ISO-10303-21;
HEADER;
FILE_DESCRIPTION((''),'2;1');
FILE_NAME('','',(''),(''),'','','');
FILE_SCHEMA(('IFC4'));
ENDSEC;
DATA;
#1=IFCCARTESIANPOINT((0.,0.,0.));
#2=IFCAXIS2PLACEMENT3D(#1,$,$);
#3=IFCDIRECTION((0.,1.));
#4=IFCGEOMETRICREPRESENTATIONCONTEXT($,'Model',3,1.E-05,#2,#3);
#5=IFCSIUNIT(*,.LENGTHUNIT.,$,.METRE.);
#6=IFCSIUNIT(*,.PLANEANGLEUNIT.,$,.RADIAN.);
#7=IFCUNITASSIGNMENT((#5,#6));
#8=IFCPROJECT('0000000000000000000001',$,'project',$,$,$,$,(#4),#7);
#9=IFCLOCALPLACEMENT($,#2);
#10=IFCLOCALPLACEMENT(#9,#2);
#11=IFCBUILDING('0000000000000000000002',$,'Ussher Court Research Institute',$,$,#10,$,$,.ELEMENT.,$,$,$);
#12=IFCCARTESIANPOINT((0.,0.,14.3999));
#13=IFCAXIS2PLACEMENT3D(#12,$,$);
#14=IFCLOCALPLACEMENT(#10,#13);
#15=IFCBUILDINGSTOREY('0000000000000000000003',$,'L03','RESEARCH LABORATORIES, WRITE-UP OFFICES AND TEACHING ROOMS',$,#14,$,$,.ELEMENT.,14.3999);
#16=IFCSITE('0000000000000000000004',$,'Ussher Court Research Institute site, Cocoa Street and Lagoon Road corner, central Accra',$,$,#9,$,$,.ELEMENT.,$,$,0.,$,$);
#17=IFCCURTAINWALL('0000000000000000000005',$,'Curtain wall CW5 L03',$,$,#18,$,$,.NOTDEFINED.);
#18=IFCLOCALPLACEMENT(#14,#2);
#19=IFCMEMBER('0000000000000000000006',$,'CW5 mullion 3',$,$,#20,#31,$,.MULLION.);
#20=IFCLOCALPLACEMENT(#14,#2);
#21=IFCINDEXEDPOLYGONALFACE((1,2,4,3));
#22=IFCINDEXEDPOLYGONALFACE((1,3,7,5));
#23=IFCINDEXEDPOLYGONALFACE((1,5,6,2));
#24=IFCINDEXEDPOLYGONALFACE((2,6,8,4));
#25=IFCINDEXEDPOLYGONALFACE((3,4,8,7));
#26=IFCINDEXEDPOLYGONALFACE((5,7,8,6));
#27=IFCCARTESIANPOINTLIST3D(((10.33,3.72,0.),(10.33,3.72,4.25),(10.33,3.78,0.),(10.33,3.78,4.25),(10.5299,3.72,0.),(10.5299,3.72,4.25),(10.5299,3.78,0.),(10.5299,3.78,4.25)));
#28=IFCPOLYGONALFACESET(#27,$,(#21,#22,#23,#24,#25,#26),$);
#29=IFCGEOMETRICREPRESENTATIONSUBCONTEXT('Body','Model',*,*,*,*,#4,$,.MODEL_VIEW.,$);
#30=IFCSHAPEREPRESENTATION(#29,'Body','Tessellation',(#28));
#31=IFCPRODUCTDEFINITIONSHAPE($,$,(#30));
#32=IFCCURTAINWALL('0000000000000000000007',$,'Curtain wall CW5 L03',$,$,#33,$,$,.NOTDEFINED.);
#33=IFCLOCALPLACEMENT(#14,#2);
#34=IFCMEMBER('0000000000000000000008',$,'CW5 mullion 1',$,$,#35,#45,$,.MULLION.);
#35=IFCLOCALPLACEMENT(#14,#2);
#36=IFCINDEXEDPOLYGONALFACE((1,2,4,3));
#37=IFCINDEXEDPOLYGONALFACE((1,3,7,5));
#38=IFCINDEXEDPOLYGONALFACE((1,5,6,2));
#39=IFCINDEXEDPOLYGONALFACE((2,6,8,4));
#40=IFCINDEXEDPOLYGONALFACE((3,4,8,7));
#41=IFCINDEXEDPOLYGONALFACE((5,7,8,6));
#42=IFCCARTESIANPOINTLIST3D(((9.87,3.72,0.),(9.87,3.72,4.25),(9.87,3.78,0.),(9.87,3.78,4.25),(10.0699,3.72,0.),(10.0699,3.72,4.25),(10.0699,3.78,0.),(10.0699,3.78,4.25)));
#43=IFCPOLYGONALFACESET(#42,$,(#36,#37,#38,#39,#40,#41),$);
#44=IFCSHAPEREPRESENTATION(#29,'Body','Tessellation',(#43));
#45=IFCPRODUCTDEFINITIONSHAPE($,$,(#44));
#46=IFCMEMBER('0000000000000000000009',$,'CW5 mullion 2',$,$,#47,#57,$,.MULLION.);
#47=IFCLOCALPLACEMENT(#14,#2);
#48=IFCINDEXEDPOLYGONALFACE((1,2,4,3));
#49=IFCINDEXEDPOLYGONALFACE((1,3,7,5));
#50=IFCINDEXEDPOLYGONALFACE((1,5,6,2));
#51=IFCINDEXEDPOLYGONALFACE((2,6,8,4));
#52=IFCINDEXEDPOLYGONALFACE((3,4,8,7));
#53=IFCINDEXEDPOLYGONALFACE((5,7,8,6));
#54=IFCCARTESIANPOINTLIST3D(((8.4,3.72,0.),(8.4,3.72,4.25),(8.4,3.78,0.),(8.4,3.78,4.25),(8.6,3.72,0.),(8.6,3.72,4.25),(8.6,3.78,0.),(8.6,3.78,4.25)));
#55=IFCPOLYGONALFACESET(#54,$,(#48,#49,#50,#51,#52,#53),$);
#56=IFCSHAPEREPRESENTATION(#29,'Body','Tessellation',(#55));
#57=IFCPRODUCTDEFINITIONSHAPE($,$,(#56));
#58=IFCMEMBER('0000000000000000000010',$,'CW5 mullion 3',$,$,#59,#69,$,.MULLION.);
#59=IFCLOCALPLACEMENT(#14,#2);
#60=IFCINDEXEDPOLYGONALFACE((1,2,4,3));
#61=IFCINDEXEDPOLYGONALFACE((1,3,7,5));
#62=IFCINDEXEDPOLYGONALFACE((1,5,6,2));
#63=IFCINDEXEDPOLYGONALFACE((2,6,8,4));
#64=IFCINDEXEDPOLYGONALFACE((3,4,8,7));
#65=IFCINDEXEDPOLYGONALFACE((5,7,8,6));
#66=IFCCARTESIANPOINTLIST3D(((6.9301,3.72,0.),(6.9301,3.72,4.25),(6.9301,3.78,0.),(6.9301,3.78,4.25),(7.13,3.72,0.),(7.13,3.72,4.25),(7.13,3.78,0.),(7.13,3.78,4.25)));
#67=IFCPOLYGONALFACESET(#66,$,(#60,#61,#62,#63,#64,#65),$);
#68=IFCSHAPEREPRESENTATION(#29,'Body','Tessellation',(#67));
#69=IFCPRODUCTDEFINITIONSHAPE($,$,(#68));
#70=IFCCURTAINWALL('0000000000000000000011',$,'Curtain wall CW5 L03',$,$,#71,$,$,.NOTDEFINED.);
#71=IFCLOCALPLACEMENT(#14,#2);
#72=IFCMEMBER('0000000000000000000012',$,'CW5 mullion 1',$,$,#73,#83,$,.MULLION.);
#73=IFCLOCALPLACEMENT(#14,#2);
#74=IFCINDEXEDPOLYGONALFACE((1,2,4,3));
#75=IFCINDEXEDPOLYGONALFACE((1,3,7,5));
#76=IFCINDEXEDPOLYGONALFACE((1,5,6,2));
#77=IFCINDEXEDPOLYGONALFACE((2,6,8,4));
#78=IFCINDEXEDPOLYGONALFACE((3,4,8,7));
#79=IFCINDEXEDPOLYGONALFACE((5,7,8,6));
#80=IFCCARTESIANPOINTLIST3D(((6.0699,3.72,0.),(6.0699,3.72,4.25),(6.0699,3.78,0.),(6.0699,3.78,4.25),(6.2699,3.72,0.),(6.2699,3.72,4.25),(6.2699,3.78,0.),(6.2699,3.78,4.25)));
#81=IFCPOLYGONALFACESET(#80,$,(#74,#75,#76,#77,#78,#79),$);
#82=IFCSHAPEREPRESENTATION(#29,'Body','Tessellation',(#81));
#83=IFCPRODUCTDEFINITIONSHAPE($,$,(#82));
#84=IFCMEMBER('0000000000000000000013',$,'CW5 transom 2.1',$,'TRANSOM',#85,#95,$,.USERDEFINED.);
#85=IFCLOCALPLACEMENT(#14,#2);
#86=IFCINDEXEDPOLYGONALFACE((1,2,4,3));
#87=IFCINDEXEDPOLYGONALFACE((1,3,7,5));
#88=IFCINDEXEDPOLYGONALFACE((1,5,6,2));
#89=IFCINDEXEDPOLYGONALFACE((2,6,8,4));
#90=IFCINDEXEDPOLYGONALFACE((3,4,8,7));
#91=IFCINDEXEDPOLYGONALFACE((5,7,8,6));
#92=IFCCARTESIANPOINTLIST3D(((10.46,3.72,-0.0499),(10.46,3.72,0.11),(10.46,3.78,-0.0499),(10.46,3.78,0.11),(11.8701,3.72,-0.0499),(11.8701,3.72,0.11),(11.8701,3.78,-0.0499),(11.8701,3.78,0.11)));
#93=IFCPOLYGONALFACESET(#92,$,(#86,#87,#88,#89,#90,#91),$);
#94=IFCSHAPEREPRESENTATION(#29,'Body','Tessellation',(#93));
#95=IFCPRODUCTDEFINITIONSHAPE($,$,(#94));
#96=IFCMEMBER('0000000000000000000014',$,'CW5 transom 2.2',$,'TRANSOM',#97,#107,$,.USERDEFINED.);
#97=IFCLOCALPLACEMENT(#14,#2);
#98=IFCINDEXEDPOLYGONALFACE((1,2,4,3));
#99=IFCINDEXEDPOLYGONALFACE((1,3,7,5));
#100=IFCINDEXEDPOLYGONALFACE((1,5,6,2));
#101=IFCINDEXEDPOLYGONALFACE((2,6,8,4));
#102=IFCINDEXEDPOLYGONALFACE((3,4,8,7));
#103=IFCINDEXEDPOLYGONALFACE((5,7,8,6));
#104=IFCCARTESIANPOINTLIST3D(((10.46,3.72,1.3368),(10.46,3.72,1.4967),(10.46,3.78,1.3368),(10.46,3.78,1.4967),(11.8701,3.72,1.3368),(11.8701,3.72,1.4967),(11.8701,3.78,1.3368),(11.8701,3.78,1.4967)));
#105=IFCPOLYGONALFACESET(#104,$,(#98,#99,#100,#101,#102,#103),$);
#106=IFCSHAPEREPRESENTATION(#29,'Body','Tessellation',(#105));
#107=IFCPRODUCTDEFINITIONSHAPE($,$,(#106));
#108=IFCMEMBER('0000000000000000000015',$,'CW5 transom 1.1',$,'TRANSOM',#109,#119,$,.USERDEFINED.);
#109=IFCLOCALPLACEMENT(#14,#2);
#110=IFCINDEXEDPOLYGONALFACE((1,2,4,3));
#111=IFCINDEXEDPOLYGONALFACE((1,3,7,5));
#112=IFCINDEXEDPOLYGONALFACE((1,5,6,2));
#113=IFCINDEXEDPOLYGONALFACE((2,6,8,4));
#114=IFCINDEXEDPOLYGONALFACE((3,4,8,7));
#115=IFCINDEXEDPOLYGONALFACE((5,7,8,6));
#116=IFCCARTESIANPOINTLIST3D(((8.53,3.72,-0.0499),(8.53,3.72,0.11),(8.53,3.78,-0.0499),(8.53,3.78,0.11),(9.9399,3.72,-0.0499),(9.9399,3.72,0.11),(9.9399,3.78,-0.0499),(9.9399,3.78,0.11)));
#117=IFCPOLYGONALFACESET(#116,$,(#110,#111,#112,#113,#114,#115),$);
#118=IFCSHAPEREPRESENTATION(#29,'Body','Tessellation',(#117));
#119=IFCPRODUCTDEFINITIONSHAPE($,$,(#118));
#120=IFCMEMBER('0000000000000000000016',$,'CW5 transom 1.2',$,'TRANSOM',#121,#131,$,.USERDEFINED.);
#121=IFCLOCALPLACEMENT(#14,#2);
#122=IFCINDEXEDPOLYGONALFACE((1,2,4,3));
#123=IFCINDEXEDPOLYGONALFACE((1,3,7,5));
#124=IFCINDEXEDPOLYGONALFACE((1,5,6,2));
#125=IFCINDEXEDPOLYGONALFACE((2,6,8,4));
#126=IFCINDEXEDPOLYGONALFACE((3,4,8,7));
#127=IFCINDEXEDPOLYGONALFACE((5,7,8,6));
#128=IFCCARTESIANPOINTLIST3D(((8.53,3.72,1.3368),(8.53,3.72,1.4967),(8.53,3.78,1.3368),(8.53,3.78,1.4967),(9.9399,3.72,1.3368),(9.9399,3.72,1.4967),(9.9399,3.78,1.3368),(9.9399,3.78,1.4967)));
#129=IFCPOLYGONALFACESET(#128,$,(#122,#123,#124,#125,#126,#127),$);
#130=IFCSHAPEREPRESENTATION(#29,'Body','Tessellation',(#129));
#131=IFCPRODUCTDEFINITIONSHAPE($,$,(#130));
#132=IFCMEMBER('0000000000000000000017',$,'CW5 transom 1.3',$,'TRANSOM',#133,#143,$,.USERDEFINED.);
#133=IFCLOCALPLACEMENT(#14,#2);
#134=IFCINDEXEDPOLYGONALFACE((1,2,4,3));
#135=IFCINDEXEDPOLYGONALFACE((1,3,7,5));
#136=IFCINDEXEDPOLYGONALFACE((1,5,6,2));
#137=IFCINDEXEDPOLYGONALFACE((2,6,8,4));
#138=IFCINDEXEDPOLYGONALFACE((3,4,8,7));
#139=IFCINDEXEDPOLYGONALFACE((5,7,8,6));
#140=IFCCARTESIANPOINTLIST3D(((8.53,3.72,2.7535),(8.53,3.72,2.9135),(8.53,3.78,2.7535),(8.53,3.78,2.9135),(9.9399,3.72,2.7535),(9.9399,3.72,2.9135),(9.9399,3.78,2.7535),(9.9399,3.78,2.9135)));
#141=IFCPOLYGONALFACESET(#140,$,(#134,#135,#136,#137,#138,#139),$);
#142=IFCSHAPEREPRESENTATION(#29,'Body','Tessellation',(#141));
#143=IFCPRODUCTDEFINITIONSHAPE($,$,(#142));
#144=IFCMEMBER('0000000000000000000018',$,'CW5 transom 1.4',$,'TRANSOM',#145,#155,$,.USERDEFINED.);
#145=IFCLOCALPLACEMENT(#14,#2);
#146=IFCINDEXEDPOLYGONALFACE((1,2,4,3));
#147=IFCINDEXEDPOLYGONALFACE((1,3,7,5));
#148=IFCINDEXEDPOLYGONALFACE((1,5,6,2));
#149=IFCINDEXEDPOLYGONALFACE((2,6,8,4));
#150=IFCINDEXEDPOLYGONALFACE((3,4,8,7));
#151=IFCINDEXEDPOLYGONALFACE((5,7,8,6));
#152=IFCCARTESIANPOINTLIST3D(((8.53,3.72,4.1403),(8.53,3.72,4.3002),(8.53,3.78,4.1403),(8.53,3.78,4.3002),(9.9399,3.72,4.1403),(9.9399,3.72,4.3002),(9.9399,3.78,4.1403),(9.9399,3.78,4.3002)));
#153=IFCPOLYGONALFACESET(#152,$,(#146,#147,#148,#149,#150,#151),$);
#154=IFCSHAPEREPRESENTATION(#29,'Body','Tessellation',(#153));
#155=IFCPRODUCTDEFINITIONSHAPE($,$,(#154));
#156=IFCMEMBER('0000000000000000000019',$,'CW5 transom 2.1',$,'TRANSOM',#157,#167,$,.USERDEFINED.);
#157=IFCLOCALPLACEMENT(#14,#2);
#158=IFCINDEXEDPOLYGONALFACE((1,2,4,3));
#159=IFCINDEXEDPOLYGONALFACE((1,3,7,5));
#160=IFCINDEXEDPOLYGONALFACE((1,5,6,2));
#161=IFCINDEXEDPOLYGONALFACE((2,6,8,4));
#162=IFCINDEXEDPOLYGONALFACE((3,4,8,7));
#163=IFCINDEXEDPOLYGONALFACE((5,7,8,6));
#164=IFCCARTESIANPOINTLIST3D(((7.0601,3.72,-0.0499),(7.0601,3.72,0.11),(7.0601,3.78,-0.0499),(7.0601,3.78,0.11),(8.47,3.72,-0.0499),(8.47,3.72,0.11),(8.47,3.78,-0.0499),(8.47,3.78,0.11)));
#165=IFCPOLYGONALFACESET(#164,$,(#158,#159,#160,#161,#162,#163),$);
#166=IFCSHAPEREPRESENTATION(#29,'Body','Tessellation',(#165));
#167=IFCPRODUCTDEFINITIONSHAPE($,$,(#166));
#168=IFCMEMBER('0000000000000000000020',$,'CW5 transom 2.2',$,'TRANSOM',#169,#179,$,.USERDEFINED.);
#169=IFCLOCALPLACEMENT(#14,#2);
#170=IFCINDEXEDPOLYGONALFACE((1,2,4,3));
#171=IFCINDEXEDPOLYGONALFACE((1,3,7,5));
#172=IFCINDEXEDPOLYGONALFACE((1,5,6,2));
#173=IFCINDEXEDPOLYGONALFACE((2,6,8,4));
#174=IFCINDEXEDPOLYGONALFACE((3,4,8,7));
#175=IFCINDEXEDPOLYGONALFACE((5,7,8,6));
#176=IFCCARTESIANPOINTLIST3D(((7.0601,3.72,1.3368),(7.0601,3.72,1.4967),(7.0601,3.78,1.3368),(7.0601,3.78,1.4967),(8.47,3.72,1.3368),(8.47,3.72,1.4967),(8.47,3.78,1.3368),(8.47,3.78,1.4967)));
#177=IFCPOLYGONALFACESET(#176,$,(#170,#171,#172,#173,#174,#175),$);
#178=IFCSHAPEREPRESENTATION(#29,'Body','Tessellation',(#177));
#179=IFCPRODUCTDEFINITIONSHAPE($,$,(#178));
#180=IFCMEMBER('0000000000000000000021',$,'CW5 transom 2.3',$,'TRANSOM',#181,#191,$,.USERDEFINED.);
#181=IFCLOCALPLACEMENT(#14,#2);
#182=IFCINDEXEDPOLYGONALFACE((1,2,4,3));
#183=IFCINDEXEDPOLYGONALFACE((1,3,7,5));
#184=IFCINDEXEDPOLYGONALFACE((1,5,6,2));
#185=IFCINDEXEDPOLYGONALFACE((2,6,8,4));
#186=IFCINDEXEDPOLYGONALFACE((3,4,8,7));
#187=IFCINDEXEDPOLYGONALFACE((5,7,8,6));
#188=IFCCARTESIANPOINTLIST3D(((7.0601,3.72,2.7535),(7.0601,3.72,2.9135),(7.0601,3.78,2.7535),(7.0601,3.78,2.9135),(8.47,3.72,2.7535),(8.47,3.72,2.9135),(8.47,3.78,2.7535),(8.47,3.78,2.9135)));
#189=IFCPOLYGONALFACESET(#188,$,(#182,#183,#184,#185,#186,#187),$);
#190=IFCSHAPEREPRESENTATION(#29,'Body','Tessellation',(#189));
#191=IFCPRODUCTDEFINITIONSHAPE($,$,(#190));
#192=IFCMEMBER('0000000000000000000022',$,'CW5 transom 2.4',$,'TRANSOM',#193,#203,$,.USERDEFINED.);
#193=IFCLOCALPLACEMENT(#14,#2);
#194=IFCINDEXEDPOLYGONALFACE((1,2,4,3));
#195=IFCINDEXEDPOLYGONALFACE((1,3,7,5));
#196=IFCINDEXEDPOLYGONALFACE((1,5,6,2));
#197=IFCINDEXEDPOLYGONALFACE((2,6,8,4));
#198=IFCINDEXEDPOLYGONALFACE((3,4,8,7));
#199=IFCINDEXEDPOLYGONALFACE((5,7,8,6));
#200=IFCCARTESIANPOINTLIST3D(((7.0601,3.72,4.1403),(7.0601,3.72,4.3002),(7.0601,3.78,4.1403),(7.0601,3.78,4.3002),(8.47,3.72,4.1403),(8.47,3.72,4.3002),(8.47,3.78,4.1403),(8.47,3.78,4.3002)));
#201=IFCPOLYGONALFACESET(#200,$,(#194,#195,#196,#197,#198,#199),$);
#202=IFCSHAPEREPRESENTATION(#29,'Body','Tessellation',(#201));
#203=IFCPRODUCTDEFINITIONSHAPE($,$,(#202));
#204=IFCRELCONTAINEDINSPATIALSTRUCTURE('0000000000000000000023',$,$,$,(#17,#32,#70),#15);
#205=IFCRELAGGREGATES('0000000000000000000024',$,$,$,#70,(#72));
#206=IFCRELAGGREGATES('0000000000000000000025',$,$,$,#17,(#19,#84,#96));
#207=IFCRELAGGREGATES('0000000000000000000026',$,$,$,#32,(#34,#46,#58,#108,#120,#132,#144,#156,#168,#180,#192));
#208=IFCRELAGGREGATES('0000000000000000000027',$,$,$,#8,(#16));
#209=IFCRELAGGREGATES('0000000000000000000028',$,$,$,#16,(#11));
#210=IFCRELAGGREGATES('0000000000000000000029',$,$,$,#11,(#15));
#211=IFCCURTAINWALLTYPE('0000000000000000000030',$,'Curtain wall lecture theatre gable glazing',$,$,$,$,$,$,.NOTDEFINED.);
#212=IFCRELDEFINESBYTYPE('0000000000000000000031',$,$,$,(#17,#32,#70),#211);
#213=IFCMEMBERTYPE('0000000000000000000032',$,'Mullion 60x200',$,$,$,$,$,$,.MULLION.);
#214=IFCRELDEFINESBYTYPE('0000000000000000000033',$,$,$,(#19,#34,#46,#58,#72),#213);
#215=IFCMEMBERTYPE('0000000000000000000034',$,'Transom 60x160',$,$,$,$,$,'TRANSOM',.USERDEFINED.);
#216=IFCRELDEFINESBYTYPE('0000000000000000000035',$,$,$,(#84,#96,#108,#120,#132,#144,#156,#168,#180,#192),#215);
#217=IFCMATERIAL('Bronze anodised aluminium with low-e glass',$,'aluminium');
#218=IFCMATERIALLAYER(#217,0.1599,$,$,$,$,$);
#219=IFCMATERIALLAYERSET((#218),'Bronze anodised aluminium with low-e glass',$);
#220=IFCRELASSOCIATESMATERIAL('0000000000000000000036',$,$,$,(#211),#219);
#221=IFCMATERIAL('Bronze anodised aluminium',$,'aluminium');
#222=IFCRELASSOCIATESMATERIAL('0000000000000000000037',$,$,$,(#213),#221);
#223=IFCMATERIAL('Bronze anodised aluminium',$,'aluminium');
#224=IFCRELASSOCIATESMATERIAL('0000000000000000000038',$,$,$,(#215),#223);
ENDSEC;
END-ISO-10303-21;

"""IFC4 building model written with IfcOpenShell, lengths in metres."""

from ifc_helpers import new_model, si_unit, direction, frame, origin, origin_2d, place, context, subcontext, project, spatial, rectangle, extrude, material, layer, layer_set, material_profile, profile_set, type_object, element, aggregate, save


model = new_model("IFC4")

# Units and contexts
model_context = context("Model", 3, precision=1e-05, world=origin(), true_north=direction((0.0, 1.0)))
body_context = subcontext(model_context, "Body", "Model", "MODEL_VIEW")
ifc_project = project(units=[si_unit("LENGTHUNIT", "METRE"), si_unit("PLANEANGLEUNIT", "RADIAN")], contexts=[model_context])

# Site, building, storey
site_placement = place(None, origin())
site = spatial("IfcSite", under=ifc_project, at=site_placement, Name="Ussher Court Research Institute site, Cocoa Street and Lagoon Road corner, central Accra", CompositionType="ELEMENT", RefElevation=0.0)
building_placement = place(site_placement, origin())
building = spatial("IfcBuilding", under=site, at=building_placement, Name="Ussher Court Research Institute", CompositionType="ELEMENT")
storey_placement = place(building_placement, frame((0.0, 0.0, 14.3999)))
storey = spatial("IfcBuildingStorey", under=building, at=storey_placement, Name="L03", Description="RESEARCH LABORATORIES, WRITE-UP OFFICES AND TEACHING ROOMS", CompositionType="ELEMENT", Elevation=14.3999)

# Curtain wall, member
ifc_material_1 = material(Name="Bronze anodised aluminium with low-e glass", Category="aluminium")
ifc_layer_1 = layer(ifc_material_1, 0.1599)
ifc_layer_set_1 = layer_set([ifc_layer_1], Name="Bronze anodised aluminium with low-e glass")
curtain_wall_type = type_object("IfcCurtainWallType", Name="Curtain wall lecture theatre gable glazing", PredefinedType="NOTDEFINED", material=ifc_layer_set_1)
curtain_wall_1_placement = place(storey_placement, origin())
curtain_wall_1 = element("IfcCurtainWall", 1, at=curtain_wall_1_placement, inside=storey, type_object=curtain_wall_type, Name="Curtain wall CW5 L03", PredefinedType="NOTDEFINED")
ifc_material_2 = material(Name="Bronze anodised aluminium", Category="aluminium")
ifc_material_profile_1 = material_profile(ifc_material_2, rectangle(XDim=0.0601, YDim=0.2, at=origin_2d()), Name="Mullion 60x200")
ifc_profile_set_1 = profile_set([ifc_material_profile_1], Name="Bronze anodised aluminium")
member_type_1 = type_object("IfcMemberType", Name="Mullion 60x200", PredefinedType="MULLION", material=ifc_profile_set_1)
member_1_placement = place(storey_placement, frame((10.4299, 3.75, 0.0), z_axis=(0.0, 0.0, 1.0), x_axis=(0.0, -1.0, 0.0)))
member_1 = element("IfcMember", 2, at=member_1_placement, type_object=member_type_1, Name="CW5 mullion 3", PredefinedType="MULLION", context=body_context, shape_type="SweptSolid", body=[
    extrude(rectangle(XDim=0.0601, YDim=0.2, at=origin_2d()), origin(), (0.0, 0.0, 1.0), 4.25),
])

# Curtain wall, members
curtain_wall_2_placement = place(storey_placement, origin())
curtain_wall_2 = element("IfcCurtainWall", 3, at=curtain_wall_2_placement, inside=storey, type_object=curtain_wall_type, Name="Curtain wall CW5 L03", PredefinedType="NOTDEFINED")
member_2_placement = place(storey_placement, frame((9.97, 3.75, 0.0), z_axis=(0.0, 0.0, 1.0), x_axis=(0.0, -1.0, 0.0)))
member_2 = element("IfcMember", 4, at=member_2_placement, type_object=member_type_1, Name="CW5 mullion 1", PredefinedType="MULLION", context=body_context, shape_type="SweptSolid", body=[
    extrude(rectangle(XDim=0.0601, YDim=0.2, at=origin_2d()), origin(), (0.0, 0.0, 1.0), 4.25),
])
member_3_placement = place(storey_placement, frame((8.5, 3.75, 0.0), z_axis=(0.0, 0.0, 1.0), x_axis=(0.0, -1.0, 0.0)))
member_3 = element("IfcMember", 5, at=member_3_placement, type_object=member_type_1, Name="CW5 mullion 2", PredefinedType="MULLION", context=body_context, shape_type="SweptSolid", body=[
    extrude(rectangle(XDim=0.0601, YDim=0.2, at=origin_2d()), origin(), (0.0, 0.0, 1.0), 4.25),
])
member_4_placement = place(storey_placement, frame((7.03, 3.75, 0.0), z_axis=(0.0, 0.0, 1.0), x_axis=(0.0, -1.0, 0.0)))
member_4 = element("IfcMember", 6, at=member_4_placement, type_object=member_type_1, Name="CW5 mullion 3", PredefinedType="MULLION", context=body_context, shape_type="SweptSolid", body=[
    extrude(rectangle(XDim=0.0601, YDim=0.2, at=origin_2d()), origin(), (0.0, 0.0, 1.0), 4.25),
])

# Curtain wall, member
curtain_wall_3_placement = place(storey_placement, origin())
curtain_wall_3 = element("IfcCurtainWall", 7, at=curtain_wall_3_placement, inside=storey, type_object=curtain_wall_type, Name="Curtain wall CW5 L03", PredefinedType="NOTDEFINED")
member_5_placement = place(storey_placement, frame((6.1699, 3.75, 0.0), z_axis=(0.0, 0.0, 1.0), x_axis=(0.0, -1.0, 0.0)))
member_5 = element("IfcMember", 8, at=member_5_placement, type_object=member_type_1, Name="CW5 mullion 1", PredefinedType="MULLION", context=body_context, shape_type="SweptSolid", body=[
    extrude(rectangle(XDim=0.0601, YDim=0.2, at=origin_2d()), origin(), (0.0, 0.0, 1.0), 4.25),
])

# Members
ifc_material_3 = material(Name="Bronze anodised aluminium", Category="aluminium")
ifc_material_profile_2 = material_profile(ifc_material_3, rectangle(XDim=0.0601, YDim=0.1599, at=origin_2d()), Name="Transom 60x160")
ifc_profile_set_2 = profile_set([ifc_material_profile_2], Name="Bronze anodised aluminium")
member_type_2 = type_object("IfcMemberType", Name="Transom 60x160", ElementType="TRANSOM", PredefinedType="USERDEFINED", material=ifc_profile_set_2)
member_6_placement = place(storey_placement, frame((11.8701, 3.75, 0.03), z_axis=(-1.0, 0.0, 0.0), x_axis=(0.0, -1.0, 0.0)))
member_6 = element("IfcMember", 9, at=member_6_placement, type_object=member_type_2, Name="CW5 transom 2.1", ObjectType="TRANSOM", PredefinedType="USERDEFINED", context=body_context, shape_type="SweptSolid", body=[
    extrude(rectangle(XDim=0.0601, YDim=0.1599, at=origin_2d()), origin(), (0.0, 0.0, 1.0), 1.4102),
])
member_7_placement = place(storey_placement, frame((11.8701, 3.75, 1.4167), z_axis=(-1.0, 0.0, 0.0), x_axis=(0.0, -1.0, 0.0)))
member_7 = element("IfcMember", 10, at=member_7_placement, type_object=member_type_2, Name="CW5 transom 2.2", ObjectType="TRANSOM", PredefinedType="USERDEFINED", context=body_context, shape_type="SweptSolid", body=[
    extrude(rectangle(XDim=0.0601, YDim=0.1599, at=origin_2d()), origin(), (0.0, 0.0, 1.0), 1.4102),
])
member_8_placement = place(storey_placement, frame((9.9399, 3.75, 0.03), z_axis=(-1.0, 0.0, 0.0), x_axis=(0.0, -1.0, 0.0)))
member_8 = element("IfcMember", 11, at=member_8_placement, type_object=member_type_2, Name="CW5 transom 1.1", ObjectType="TRANSOM", PredefinedType="USERDEFINED", context=body_context, shape_type="SweptSolid", body=[
    extrude(rectangle(XDim=0.0601, YDim=0.1599, at=origin_2d()), origin(), (0.0, 0.0, 1.0), 1.4099),
])
member_9_placement = place(storey_placement, frame((9.9399, 3.75, 1.4167), z_axis=(-1.0, 0.0, 0.0), x_axis=(0.0, -1.0, 0.0)))
member_9 = element("IfcMember", 12, at=member_9_placement, type_object=member_type_2, Name="CW5 transom 1.2", ObjectType="TRANSOM", PredefinedType="USERDEFINED", context=body_context, shape_type="SweptSolid", body=[
    extrude(rectangle(XDim=0.0601, YDim=0.1599, at=origin_2d()), origin(), (0.0, 0.0, 1.0), 1.4099),
])
member_10_placement = place(storey_placement, frame((9.9399, 3.75, 2.8335), z_axis=(-1.0, 0.0, 0.0), x_axis=(0.0, -1.0, 0.0)))
member_10 = element("IfcMember", 13, at=member_10_placement, type_object=member_type_2, Name="CW5 transom 1.3", ObjectType="TRANSOM", PredefinedType="USERDEFINED", context=body_context, shape_type="SweptSolid", body=[
    extrude(rectangle(XDim=0.0601, YDim=0.1599, at=origin_2d()), origin(), (0.0, 0.0, 1.0), 1.4099),
])
member_11_placement = place(storey_placement, frame((9.9399, 3.75, 4.2202), z_axis=(-1.0, 0.0, 0.0), x_axis=(0.0, -1.0, 0.0)))
member_11 = element("IfcMember", 14, at=member_11_placement, type_object=member_type_2, Name="CW5 transom 1.4", ObjectType="TRANSOM", PredefinedType="USERDEFINED", context=body_context, shape_type="SweptSolid", body=[
    extrude(rectangle(XDim=0.0601, YDim=0.1599, at=origin_2d()), origin(), (0.0, 0.0, 1.0), 1.4099),
])
member_12_placement = place(storey_placement, frame((8.47, 3.75, 0.03), z_axis=(-1.0, 0.0, 0.0), x_axis=(0.0, -1.0, 0.0)))
member_12 = element("IfcMember", 15, at=member_12_placement, type_object=member_type_2, Name="CW5 transom 2.1", ObjectType="TRANSOM", PredefinedType="USERDEFINED", context=body_context, shape_type="SweptSolid", body=[
    extrude(rectangle(XDim=0.0601, YDim=0.1599, at=origin_2d()), origin(), (0.0, 0.0, 1.0), 1.4099),
])
member_13_placement = place(storey_placement, frame((8.47, 3.75, 1.4167), z_axis=(-1.0, 0.0, 0.0), x_axis=(0.0, -1.0, 0.0)))
member_13 = element("IfcMember", 16, at=member_13_placement, type_object=member_type_2, Name="CW5 transom 2.2", ObjectType="TRANSOM", PredefinedType="USERDEFINED", context=body_context, shape_type="SweptSolid", body=[
    extrude(rectangle(XDim=0.0601, YDim=0.1599, at=origin_2d()), origin(), (0.0, 0.0, 1.0), 1.4099),
])
member_14_placement = place(storey_placement, frame((8.47, 3.75, 2.8335), z_axis=(-1.0, 0.0, 0.0), x_axis=(0.0, -1.0, 0.0)))
member_14 = element("IfcMember", 17, at=member_14_placement, type_object=member_type_2, Name="CW5 transom 2.3", ObjectType="TRANSOM", PredefinedType="USERDEFINED", context=body_context, shape_type="SweptSolid", body=[
    extrude(rectangle(XDim=0.0601, YDim=0.1599, at=origin_2d()), origin(), (0.0, 0.0, 1.0), 1.4099),
])
member_15_placement = place(storey_placement, frame((8.47, 3.75, 4.2202), z_axis=(-1.0, 0.0, 0.0), x_axis=(0.0, -1.0, 0.0)))
member_15 = element("IfcMember", 18, at=member_15_placement, type_object=member_type_2, Name="CW5 transom 2.4", ObjectType="TRANSOM", PredefinedType="USERDEFINED", context=body_context, shape_type="SweptSolid", body=[
    extrude(rectangle(XDim=0.0601, YDim=0.1599, at=origin_2d()), origin(), (0.0, 0.0, 1.0), 1.4099),
])
aggregate(curtain_wall_3, [member_5])

aggregate(curtain_wall_1, [member_1, member_6, member_7])
aggregate(curtain_wall_2, [member_2, member_3, member_4, member_8, member_9, member_10, member_11, member_12, member_13, member_14, member_15])

save(model, "model.ifc")
